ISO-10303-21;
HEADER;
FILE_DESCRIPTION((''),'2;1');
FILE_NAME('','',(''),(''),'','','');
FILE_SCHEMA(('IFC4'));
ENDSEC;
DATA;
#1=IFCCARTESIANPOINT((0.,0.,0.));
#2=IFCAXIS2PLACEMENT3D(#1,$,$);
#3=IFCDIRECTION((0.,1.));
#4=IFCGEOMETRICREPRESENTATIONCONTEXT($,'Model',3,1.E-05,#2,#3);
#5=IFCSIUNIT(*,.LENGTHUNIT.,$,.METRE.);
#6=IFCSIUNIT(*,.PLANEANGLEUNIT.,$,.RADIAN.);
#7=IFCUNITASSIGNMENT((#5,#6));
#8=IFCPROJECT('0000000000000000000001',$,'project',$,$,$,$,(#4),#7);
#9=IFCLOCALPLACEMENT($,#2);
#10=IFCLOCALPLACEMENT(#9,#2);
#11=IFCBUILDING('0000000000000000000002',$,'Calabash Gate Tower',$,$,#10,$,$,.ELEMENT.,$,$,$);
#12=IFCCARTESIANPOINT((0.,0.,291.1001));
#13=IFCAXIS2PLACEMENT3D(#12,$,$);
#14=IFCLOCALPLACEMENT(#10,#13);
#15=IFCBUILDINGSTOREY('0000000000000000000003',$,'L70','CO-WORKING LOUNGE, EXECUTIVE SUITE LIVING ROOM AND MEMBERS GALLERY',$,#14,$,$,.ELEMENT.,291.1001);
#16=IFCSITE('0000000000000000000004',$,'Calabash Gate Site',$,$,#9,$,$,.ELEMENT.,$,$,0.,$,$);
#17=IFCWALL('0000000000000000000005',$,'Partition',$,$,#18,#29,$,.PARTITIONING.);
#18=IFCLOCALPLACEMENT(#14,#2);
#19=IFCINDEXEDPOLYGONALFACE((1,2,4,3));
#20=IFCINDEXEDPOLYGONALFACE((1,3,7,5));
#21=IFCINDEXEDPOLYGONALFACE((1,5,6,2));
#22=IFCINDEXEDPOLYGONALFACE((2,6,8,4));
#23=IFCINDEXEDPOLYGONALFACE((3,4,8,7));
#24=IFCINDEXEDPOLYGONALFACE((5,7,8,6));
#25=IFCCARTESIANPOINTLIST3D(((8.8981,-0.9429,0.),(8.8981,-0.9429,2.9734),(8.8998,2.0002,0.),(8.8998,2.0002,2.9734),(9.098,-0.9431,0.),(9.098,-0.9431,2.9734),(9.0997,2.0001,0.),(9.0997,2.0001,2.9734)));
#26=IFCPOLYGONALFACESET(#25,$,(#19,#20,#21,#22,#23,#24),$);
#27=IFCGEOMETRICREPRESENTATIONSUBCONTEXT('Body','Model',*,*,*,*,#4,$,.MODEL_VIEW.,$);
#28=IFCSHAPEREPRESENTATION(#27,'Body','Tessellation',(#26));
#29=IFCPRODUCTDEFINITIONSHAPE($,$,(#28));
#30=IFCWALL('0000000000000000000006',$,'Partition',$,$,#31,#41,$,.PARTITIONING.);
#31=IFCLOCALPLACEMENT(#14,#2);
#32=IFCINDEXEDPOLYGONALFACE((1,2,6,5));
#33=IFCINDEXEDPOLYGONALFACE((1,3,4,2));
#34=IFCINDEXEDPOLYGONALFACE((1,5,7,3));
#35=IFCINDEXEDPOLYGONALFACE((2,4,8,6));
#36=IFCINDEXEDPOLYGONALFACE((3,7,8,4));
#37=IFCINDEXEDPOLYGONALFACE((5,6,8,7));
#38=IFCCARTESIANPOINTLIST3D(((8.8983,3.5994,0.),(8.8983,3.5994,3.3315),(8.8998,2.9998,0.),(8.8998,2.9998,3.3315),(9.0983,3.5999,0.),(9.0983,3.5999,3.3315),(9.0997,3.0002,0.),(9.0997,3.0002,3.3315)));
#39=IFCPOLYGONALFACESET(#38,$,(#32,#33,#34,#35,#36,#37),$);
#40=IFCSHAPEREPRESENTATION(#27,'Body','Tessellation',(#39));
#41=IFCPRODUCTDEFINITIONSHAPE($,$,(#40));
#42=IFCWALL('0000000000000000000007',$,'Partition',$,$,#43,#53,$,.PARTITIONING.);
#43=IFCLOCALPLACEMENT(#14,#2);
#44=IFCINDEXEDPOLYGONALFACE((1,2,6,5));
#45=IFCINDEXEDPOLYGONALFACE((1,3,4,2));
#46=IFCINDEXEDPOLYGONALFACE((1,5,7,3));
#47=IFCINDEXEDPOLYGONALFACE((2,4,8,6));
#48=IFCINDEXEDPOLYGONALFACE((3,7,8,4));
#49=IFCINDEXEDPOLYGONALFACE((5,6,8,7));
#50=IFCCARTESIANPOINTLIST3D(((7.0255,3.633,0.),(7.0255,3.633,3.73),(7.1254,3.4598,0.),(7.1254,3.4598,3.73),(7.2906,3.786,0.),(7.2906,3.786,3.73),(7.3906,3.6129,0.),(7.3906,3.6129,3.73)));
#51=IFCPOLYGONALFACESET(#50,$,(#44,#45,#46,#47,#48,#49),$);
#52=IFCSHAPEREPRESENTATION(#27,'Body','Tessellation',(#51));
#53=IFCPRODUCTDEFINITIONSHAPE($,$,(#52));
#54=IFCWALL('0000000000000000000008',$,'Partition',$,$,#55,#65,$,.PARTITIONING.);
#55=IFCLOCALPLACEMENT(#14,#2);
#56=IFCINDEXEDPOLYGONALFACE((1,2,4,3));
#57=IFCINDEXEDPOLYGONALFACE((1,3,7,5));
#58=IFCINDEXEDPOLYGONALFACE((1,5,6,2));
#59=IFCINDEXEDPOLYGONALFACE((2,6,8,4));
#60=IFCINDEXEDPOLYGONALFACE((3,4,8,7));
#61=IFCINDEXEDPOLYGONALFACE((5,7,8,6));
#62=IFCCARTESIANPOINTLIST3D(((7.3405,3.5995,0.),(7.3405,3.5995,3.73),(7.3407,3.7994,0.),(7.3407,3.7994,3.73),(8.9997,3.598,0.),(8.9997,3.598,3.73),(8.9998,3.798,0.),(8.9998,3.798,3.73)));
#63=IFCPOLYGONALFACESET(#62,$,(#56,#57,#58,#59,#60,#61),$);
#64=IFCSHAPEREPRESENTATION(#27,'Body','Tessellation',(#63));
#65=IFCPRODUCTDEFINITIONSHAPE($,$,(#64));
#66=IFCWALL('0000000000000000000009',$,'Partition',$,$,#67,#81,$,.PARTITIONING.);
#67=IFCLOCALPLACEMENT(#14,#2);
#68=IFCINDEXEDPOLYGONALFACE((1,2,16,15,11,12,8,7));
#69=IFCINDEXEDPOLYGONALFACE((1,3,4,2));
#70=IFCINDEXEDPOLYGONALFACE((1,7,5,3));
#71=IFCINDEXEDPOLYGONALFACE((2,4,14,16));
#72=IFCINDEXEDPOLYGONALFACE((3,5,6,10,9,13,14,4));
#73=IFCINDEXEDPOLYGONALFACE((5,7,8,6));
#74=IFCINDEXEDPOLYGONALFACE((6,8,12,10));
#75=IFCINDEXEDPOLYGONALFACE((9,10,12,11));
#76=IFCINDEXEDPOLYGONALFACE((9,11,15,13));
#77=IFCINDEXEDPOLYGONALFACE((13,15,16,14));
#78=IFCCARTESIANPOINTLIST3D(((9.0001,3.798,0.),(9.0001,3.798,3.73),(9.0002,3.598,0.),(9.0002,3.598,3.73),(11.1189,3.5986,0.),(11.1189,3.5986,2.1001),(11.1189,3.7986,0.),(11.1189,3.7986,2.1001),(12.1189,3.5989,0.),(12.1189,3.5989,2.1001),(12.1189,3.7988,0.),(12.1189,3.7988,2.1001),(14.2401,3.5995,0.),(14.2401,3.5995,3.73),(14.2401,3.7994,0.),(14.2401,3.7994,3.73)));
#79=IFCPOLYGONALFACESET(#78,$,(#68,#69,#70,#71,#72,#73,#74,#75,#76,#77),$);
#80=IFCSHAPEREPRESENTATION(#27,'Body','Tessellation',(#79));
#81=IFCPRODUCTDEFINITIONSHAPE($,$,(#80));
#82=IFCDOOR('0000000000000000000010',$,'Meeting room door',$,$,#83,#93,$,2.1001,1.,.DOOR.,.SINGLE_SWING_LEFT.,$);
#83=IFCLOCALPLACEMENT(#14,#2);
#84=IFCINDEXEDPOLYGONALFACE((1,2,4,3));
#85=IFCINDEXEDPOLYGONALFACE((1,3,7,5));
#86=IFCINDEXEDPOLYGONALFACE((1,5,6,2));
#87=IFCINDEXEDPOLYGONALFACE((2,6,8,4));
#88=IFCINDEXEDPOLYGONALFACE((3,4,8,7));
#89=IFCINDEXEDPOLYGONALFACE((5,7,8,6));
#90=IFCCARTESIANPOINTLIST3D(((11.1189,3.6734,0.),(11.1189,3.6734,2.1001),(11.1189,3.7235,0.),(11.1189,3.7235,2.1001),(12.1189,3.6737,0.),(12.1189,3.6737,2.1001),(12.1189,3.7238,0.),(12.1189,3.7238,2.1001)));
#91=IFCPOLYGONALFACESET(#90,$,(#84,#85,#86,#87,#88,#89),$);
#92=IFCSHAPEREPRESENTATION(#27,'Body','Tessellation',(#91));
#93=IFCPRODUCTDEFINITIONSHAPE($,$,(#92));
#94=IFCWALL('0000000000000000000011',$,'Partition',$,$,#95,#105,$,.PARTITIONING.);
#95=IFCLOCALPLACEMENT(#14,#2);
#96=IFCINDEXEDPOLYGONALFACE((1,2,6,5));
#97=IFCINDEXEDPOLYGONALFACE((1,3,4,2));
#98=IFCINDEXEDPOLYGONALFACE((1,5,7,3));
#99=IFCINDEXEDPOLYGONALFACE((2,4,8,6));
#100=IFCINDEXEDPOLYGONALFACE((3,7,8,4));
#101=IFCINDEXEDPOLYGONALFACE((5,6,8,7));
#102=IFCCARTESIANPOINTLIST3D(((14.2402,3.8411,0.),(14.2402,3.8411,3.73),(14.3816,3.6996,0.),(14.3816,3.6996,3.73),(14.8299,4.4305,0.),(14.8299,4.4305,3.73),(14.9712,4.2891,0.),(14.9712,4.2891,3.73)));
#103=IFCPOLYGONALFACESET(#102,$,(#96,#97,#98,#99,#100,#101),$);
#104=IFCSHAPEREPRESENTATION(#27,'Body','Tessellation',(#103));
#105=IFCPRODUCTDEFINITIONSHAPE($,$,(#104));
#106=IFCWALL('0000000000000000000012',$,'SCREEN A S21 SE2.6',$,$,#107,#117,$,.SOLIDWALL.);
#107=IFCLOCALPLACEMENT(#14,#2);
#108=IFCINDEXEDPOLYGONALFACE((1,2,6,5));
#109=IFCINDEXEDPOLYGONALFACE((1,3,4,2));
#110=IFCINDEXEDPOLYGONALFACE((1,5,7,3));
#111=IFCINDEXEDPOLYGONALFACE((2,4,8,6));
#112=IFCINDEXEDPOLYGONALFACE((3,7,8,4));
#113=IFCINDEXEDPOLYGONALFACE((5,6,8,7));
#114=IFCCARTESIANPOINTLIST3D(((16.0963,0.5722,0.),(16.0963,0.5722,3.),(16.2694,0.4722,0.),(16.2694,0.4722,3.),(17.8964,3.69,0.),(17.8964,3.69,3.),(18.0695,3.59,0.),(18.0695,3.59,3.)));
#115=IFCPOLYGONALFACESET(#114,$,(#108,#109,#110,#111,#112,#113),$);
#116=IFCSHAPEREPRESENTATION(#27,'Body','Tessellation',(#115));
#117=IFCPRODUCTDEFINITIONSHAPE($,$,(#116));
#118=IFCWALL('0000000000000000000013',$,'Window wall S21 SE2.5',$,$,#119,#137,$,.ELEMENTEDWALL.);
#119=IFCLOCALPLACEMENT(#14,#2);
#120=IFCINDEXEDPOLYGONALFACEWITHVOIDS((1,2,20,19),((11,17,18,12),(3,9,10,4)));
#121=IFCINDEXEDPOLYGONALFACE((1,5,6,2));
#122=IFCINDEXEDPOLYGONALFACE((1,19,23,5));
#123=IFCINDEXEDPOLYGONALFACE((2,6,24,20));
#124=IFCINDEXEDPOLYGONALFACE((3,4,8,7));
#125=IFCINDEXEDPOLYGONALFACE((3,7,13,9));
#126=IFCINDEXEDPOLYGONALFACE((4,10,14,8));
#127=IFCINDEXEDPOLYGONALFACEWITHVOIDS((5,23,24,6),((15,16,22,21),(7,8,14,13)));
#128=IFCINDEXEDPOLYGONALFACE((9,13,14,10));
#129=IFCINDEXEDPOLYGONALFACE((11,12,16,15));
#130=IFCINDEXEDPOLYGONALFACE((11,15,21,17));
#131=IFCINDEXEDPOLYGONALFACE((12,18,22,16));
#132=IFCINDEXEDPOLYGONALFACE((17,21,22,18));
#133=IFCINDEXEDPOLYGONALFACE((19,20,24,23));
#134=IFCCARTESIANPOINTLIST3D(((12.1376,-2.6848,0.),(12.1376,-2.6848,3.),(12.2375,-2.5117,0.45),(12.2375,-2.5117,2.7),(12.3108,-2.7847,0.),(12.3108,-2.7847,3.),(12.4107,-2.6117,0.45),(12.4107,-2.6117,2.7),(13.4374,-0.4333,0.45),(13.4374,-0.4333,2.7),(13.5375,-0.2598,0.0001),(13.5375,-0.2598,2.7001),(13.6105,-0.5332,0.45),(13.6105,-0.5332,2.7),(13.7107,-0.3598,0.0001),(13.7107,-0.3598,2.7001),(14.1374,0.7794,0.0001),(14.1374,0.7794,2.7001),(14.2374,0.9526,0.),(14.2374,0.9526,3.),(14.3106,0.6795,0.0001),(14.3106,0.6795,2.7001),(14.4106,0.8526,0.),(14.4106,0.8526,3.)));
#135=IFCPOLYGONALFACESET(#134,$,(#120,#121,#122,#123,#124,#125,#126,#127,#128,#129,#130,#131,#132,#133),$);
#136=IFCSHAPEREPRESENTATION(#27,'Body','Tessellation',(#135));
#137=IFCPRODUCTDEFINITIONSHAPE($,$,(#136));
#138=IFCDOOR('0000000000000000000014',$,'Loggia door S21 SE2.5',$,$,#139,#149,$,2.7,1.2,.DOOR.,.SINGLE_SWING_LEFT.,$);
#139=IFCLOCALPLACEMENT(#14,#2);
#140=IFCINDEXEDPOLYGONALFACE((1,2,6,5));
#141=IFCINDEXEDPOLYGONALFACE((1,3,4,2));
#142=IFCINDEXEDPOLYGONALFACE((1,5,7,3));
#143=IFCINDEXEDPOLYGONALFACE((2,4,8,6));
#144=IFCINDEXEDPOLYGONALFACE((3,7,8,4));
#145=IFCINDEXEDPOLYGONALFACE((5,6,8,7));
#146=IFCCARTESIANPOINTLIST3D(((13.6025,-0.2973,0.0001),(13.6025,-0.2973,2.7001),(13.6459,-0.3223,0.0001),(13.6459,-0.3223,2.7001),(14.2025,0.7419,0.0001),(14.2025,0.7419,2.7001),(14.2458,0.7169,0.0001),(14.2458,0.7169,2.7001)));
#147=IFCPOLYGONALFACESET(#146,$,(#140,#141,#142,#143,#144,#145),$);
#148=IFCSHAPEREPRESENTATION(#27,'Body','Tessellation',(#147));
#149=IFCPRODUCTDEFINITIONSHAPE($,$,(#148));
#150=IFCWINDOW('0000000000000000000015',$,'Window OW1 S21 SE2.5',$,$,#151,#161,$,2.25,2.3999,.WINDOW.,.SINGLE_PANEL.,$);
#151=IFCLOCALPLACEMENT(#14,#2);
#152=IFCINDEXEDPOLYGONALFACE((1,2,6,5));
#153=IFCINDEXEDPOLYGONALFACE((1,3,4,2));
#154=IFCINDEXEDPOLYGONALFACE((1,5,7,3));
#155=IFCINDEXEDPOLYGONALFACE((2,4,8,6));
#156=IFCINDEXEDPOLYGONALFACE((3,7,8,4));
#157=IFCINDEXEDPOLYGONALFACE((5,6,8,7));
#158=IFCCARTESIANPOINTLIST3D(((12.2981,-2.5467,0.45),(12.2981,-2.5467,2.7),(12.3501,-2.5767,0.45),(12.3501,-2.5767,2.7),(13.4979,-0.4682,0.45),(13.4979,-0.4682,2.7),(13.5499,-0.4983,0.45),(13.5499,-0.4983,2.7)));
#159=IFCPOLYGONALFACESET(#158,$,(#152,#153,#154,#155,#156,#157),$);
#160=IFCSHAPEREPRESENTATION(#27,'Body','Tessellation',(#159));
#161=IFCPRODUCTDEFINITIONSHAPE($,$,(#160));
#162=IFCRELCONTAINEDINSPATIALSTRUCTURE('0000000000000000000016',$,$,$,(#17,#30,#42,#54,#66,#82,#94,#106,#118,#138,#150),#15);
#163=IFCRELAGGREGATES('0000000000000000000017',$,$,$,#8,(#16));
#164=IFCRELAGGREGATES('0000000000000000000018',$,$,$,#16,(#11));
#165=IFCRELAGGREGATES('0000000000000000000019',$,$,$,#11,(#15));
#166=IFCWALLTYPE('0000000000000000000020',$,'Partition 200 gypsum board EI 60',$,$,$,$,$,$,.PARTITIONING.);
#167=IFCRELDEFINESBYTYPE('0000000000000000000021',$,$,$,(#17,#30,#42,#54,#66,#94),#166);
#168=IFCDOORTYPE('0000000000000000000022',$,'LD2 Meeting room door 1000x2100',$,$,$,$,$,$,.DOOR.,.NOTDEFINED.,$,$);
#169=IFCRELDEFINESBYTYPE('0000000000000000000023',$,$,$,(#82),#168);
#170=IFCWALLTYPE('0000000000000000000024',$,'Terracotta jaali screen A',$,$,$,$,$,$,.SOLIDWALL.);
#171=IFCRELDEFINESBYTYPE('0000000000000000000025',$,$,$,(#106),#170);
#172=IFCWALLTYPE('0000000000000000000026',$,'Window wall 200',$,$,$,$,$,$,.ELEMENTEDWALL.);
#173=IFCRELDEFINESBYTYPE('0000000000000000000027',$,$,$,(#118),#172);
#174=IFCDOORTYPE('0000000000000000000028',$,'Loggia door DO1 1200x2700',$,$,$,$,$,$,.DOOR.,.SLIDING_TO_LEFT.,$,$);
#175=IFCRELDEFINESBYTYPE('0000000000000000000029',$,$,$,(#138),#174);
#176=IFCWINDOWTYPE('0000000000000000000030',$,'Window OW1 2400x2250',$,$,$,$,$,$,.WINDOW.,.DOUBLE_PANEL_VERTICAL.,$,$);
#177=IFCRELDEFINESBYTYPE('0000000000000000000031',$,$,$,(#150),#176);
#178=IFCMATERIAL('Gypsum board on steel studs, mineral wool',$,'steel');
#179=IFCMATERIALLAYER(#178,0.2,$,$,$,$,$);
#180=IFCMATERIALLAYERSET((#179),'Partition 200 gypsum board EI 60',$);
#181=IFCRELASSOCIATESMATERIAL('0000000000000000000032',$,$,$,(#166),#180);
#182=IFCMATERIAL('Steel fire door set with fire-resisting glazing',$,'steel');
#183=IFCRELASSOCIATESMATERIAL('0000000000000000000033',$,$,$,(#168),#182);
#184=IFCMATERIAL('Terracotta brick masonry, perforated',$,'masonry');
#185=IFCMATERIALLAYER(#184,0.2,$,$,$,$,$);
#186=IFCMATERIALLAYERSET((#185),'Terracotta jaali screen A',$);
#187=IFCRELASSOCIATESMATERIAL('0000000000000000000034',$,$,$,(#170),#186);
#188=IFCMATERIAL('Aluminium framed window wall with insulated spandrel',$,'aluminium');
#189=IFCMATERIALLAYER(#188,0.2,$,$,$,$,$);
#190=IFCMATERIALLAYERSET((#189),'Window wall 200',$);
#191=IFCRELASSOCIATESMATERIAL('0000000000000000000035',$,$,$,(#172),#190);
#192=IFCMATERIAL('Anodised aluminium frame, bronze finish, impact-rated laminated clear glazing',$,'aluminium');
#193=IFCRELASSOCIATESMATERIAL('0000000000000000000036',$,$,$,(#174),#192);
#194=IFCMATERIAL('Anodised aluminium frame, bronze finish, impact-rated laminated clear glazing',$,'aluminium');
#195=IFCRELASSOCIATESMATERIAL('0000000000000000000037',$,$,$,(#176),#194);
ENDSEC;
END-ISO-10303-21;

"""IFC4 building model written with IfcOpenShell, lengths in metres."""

from ifc_helpers import new_model, si_unit, direction, frame, frame_2d, origin, place, context, subcontext, project, spatial, rectangle, extrude, material, layer, layer_set, type_object, element, fill, save


model = new_model("IFC4")

# Units and contexts
model_context = context("Model", 3, precision=1e-05, world=origin(), true_north=direction((0.0, 1.0)))
body_context = subcontext(model_context, "Body", "Model", "MODEL_VIEW")
ifc_project = project(units=[si_unit("LENGTHUNIT", "METRE"), si_unit("PLANEANGLEUNIT", "RADIAN")], contexts=[model_context])

# Site, building, storey
site_placement = place(None, origin())
site = spatial("IfcSite", under=ifc_project, at=site_placement, Name="Calabash Gate Site", CompositionType="ELEMENT", RefElevation=0.0)
building_placement = place(site_placement, origin())
building = spatial("IfcBuilding", under=site, at=building_placement, Name="Calabash Gate Tower", CompositionType="ELEMENT")
storey_placement = place(building_placement, frame((0.0, 0.0, 291.1001)))
storey = spatial("IfcBuildingStorey", under=building, at=storey_placement, Name="L70", Description="CO-WORKING LOUNGE, EXECUTIVE SUITE LIVING ROOM AND MEMBERS GALLERY", CompositionType="ELEMENT", Elevation=291.1001)

# Walls
ifc_material_1 = material(Name="Gypsum board on steel studs, mineral wool", Category="steel")
ifc_layer_1 = layer(ifc_material_1, 0.2)
ifc_layer_set_1 = layer_set([ifc_layer_1], Name="Partition 200 gypsum board EI 60")
wall_type_1 = type_object("IfcWallType", Name="Partition 200 gypsum board EI 60", PredefinedType="PARTITIONING", material=ifc_layer_set_1)
wall_1_placement = place(storey_placement, frame((8.998, -0.9431, 0.0), z_axis=(0.0, 0.0, 1.0), x_axis=(0.000581, 1.0, 0.0)))
element("IfcWall", 1, at=wall_1_placement, inside=storey, type_object=wall_type_1, Name="Partition", PredefinedType="PARTITIONING", context=body_context, shape_type="SweptSolid", body=[
    extrude(rectangle(XDim=2.9431, YDim=0.2, at=frame_2d((1.4717, 0.0))), origin(), (0.0, 0.0, 1.0), 2.9734),
])
wall_2_placement = place(storey_placement, frame((8.9983, 3.5996, 0.0), z_axis=(0.0, 0.0, 1.0), x_axis=(0.002443, -0.999997, 0.0)))
element("IfcWall", 2, at=wall_2_placement, inside=storey, type_object=wall_type_1, Name="Partition", PredefinedType="PARTITIONING", context=body_context, shape_type="SweptSolid", body=[
    extrude(rectangle(XDim=0.5996, YDim=0.2, at=frame_2d((0.2998, 0.0))), origin(), (0.0, 0.0, 1.0), 3.3315),
])
wall_3_placement = place(storey_placement, frame((7.0754, 3.5464, 0.0), z_axis=(0.0, 0.0, 1.0), x_axis=(0.866026, 0.499999, 0.0)))
element("IfcWall", 3, at=wall_3_placement, inside=storey, type_object=wall_type_1, Name="Partition", PredefinedType="PARTITIONING", context=body_context, shape_type="SweptSolid", body=[
    extrude(rectangle(XDim=0.3062, YDim=0.2, at=frame_2d((0.1531, 0.0))), origin(), (0.0, 0.0, 1.0), 3.73),
])
wall_4_placement = place(storey_placement, frame((7.3406, 3.6995, 0.0), z_axis=(0.0, 0.0, 1.0), x_axis=(1.0, -0.000883, 0.0)))
element("IfcWall", 4, at=wall_4_placement, inside=storey, type_object=wall_type_1, Name="Partition", PredefinedType="PARTITIONING", context=body_context, shape_type="SweptSolid", body=[
    extrude(rectangle(XDim=1.6592, YDim=0.2, at=frame_2d((0.8296, 0.0))), origin(), (0.0, 0.0, 1.0), 3.73),
])

# Wall, opening, door
wall_5_placement = place(storey_placement, frame((9.0, 3.698, 0.0), z_axis=(0.0, 0.0, 1.0), x_axis=(1.0, 0.00028, 0.0)))
wall_5 = element("IfcWall", 5, at=wall_5_placement, inside=storey, type_object=wall_type_1, Name="Partition", PredefinedType="PARTITIONING", context=body_context, shape_type="SweptSolid", body=[
    extrude(rectangle(XDim=5.24, YDim=0.2, at=frame_2d((2.6201, 0.0))), origin(), (0.0, 0.0, 1.0), 3.73),
])
opening_1_placement = place(wall_5_placement, frame((2.1189, 0.0, 0.0)))
opening_1 = element("IfcOpeningElement", 6, at=opening_1_placement, cuts=wall_5, PredefinedType="OPENING", context=body_context, shape_type="SweptSolid", body=[
    extrude(rectangle(XDim=1.0, YDim=2.1001, at=frame_2d((0.5, 1.05))), frame((0.0, 0.1099, 0.0), z_axis=(0.0, -1.0, 0.0), x_axis=(1.0, 0.0, 0.0)), (0.0, 0.0, 1.0), 0.22),
])
ifc_material_2 = material(Name="Steel fire door set with fire-resisting glazing", Category="steel")
door_type_1 = type_object("IfcDoorType", Name="LD2 Meeting room door 1000x2100", OperationType="NOTDEFINED", PredefinedType="DOOR", material=ifc_material_2)
door_1_placement = place(opening_1_placement, origin())
door_1 = element("IfcDoor", 7, at=door_1_placement, inside=storey, type_object=door_type_1, Name="Meeting room door", OperationType="SINGLE_SWING_LEFT", OverallHeight=2.1001, OverallWidth=1.0, PredefinedType="DOOR", context=body_context, shape_type="SweptSolid", body=[
    extrude(rectangle(XDim=1.0, YDim=2.1001, at=frame_2d((0.5, 1.05))), frame((0.0, 0.0249, 0.0), z_axis=(0.0, -1.0, 0.0), x_axis=(1.0, 0.0, 0.0)), (0.0, 0.0, 1.0), 0.05),
])
fill(opening_1, door_1)

# Walls
wall_6_placement = place(storey_placement, frame((14.3108, 3.7703, 0.0), z_axis=(0.0, 0.0, 1.0), x_axis=(0.707253, 0.70696, 0.0)))
element("IfcWall", 8, at=wall_6_placement, inside=storey, type_object=wall_type_1, Name="Partition", PredefinedType="PARTITIONING", context=body_context, shape_type="SweptSolid", body=[
    extrude(rectangle(XDim=0.8337, YDim=0.2, at=frame_2d((0.417, 0.0))), origin(), (0.0, 0.0, 1.0), 3.73),
])
ifc_material_3 = material(Name="Terracotta brick masonry, perforated", Category="masonry")
ifc_layer_2 = layer(ifc_material_3, 0.2)
ifc_layer_set_2 = layer_set([ifc_layer_2], Name="Terracotta jaali screen A")
wall_type_2 = type_object("IfcWallType", Name="Terracotta jaali screen A", PredefinedType="SOLIDWALL", material=ifc_layer_set_2)
wall_7_placement = place(storey_placement, frame((16.1829, 0.5222, 0.0), z_axis=(0.0, 0.0, 1.0), x_axis=(0.500012, 0.866018, 0.0)))
element("IfcWall", 9, at=wall_7_placement, inside=storey, type_object=wall_type_2, Name="SCREEN A S21 SE2.6", PredefinedType="SOLIDWALL", context=body_context, shape_type="SweptSolid", body=[
    extrude(rectangle(XDim=3.6001, YDim=0.2, at=frame_2d((1.8, 0.0))), origin(), (0.0, 0.0, 1.0), 3.0),
])

# Wall, openings, door, window
ifc_material_4 = material(Name="Aluminium framed window wall with insulated spandrel", Category="aluminium")
ifc_layer_3 = layer(ifc_material_4, 0.2)
ifc_layer_set_3 = layer_set([ifc_layer_3], Name="Window wall 200")
wall_type_3 = type_object("IfcWallType", Name="Window wall 200", PredefinedType="ELEMENTEDWALL", material=ifc_layer_set_3)
wall_8_placement = place(storey_placement, frame((12.2241, -2.7349, 0.0), z_axis=(0.0, 0.0, 1.0), x_axis=(0.499959, 0.866049, 0.0)))
wall_8 = element("IfcWall", 10, at=wall_8_placement, inside=storey, type_object=wall_type_3, Name="Window wall S21 SE2.5", PredefinedType="ELEMENTEDWALL", context=body_context, shape_type="SweptSolid", body=[
    extrude(rectangle(XDim=4.2, YDim=0.2, at=frame_2d((2.1001, 0.0))), origin(), (0.0, 0.0, 1.0), 3.0),
])
opening_2_placement = place(wall_8_placement, frame((0.2, 0.0, 0.45)))
opening_2 = element("IfcOpeningElement", 11, at=opening_2_placement, cuts=wall_8, PredefinedType="OPENING", context=body_context, shape_type="SweptSolid", body=[
    extrude(rectangle(XDim=2.3999, YDim=2.25, at=frame_2d((1.2, 1.125))), frame((0.0, 0.1099, 0.0), z_axis=(0.0, -1.0, 0.0), x_axis=(1.0, 0.0, 0.0)), (0.0, 0.0, 1.0), 0.22),
])
opening_3_placement = place(wall_8_placement, frame((2.8, 0.0, 0.0)))
opening_3 = element("IfcOpeningElement", 12, at=opening_3_placement, cuts=wall_8, PredefinedType="OPENING", context=body_context, shape_type="SweptSolid", body=[
    extrude(rectangle(XDim=1.2, YDim=2.7, at=frame_2d((0.6001, 1.3501))), frame((0.0, 0.1099, 0.0), z_axis=(0.0, -1.0, 0.0), x_axis=(1.0, 0.0, 0.0)), (0.0, 0.0, 1.0), 0.22),
])
ifc_material_5 = material(Name="Anodised aluminium frame, bronze finish, impact-rated laminated clear glazing", Category="aluminium")
door_type_2 = type_object("IfcDoorType", Name="Loggia door DO1 1200x2700", OperationType="SLIDING_TO_LEFT", PredefinedType="DOOR", material=ifc_material_5)
door_2_placement = place(opening_3_placement, origin())
door_2 = element("IfcDoor", 13, at=door_2_placement, inside=storey, type_object=door_type_2, Name="Loggia door S21 SE2.5", OperationType="SINGLE_SWING_LEFT", OverallHeight=2.7, OverallWidth=1.2, PredefinedType="DOOR", context=body_context, shape_type="SweptSolid", body=[
    extrude(rectangle(XDim=1.2, YDim=2.7, at=frame_2d((0.6001, 1.3501))), frame((0.0, 0.0249, 0.0), z_axis=(0.0, -1.0, 0.0), x_axis=(1.0, 0.0, 0.0)), (0.0, 0.0, 1.0), 0.05),
])
fill(opening_3, door_2)
ifc_material_6 = material(Name="Anodised aluminium frame, bronze finish, impact-rated laminated clear glazing", Category="aluminium")
window_type_1 = type_object("IfcWindowType", Name="Window OW1 2400x2250", PartitioningType="DOUBLE_PANEL_VERTICAL", PredefinedType="WINDOW", material=ifc_material_6)
window_1_placement = place(opening_2_placement, origin())
window_1 = element("IfcWindow", 14, at=window_1_placement, inside=storey, type_object=window_type_1, Name="Window OW1 S21 SE2.5", OverallHeight=2.25, OverallWidth=2.3999, PartitioningType="SINGLE_PANEL", PredefinedType="WINDOW", context=body_context, shape_type="SweptSolid", body=[
    extrude(rectangle(XDim=2.3999, YDim=2.25, at=frame_2d((1.2, 1.125))), frame((0.0, 0.03, 0.0), z_axis=(0.0, -1.0, 0.0), x_axis=(1.0, 0.0, 0.0)), (0.0, 0.0, 1.0), 0.0601),
])
fill(opening_2, window_1)

save(model, "model.ifc")
